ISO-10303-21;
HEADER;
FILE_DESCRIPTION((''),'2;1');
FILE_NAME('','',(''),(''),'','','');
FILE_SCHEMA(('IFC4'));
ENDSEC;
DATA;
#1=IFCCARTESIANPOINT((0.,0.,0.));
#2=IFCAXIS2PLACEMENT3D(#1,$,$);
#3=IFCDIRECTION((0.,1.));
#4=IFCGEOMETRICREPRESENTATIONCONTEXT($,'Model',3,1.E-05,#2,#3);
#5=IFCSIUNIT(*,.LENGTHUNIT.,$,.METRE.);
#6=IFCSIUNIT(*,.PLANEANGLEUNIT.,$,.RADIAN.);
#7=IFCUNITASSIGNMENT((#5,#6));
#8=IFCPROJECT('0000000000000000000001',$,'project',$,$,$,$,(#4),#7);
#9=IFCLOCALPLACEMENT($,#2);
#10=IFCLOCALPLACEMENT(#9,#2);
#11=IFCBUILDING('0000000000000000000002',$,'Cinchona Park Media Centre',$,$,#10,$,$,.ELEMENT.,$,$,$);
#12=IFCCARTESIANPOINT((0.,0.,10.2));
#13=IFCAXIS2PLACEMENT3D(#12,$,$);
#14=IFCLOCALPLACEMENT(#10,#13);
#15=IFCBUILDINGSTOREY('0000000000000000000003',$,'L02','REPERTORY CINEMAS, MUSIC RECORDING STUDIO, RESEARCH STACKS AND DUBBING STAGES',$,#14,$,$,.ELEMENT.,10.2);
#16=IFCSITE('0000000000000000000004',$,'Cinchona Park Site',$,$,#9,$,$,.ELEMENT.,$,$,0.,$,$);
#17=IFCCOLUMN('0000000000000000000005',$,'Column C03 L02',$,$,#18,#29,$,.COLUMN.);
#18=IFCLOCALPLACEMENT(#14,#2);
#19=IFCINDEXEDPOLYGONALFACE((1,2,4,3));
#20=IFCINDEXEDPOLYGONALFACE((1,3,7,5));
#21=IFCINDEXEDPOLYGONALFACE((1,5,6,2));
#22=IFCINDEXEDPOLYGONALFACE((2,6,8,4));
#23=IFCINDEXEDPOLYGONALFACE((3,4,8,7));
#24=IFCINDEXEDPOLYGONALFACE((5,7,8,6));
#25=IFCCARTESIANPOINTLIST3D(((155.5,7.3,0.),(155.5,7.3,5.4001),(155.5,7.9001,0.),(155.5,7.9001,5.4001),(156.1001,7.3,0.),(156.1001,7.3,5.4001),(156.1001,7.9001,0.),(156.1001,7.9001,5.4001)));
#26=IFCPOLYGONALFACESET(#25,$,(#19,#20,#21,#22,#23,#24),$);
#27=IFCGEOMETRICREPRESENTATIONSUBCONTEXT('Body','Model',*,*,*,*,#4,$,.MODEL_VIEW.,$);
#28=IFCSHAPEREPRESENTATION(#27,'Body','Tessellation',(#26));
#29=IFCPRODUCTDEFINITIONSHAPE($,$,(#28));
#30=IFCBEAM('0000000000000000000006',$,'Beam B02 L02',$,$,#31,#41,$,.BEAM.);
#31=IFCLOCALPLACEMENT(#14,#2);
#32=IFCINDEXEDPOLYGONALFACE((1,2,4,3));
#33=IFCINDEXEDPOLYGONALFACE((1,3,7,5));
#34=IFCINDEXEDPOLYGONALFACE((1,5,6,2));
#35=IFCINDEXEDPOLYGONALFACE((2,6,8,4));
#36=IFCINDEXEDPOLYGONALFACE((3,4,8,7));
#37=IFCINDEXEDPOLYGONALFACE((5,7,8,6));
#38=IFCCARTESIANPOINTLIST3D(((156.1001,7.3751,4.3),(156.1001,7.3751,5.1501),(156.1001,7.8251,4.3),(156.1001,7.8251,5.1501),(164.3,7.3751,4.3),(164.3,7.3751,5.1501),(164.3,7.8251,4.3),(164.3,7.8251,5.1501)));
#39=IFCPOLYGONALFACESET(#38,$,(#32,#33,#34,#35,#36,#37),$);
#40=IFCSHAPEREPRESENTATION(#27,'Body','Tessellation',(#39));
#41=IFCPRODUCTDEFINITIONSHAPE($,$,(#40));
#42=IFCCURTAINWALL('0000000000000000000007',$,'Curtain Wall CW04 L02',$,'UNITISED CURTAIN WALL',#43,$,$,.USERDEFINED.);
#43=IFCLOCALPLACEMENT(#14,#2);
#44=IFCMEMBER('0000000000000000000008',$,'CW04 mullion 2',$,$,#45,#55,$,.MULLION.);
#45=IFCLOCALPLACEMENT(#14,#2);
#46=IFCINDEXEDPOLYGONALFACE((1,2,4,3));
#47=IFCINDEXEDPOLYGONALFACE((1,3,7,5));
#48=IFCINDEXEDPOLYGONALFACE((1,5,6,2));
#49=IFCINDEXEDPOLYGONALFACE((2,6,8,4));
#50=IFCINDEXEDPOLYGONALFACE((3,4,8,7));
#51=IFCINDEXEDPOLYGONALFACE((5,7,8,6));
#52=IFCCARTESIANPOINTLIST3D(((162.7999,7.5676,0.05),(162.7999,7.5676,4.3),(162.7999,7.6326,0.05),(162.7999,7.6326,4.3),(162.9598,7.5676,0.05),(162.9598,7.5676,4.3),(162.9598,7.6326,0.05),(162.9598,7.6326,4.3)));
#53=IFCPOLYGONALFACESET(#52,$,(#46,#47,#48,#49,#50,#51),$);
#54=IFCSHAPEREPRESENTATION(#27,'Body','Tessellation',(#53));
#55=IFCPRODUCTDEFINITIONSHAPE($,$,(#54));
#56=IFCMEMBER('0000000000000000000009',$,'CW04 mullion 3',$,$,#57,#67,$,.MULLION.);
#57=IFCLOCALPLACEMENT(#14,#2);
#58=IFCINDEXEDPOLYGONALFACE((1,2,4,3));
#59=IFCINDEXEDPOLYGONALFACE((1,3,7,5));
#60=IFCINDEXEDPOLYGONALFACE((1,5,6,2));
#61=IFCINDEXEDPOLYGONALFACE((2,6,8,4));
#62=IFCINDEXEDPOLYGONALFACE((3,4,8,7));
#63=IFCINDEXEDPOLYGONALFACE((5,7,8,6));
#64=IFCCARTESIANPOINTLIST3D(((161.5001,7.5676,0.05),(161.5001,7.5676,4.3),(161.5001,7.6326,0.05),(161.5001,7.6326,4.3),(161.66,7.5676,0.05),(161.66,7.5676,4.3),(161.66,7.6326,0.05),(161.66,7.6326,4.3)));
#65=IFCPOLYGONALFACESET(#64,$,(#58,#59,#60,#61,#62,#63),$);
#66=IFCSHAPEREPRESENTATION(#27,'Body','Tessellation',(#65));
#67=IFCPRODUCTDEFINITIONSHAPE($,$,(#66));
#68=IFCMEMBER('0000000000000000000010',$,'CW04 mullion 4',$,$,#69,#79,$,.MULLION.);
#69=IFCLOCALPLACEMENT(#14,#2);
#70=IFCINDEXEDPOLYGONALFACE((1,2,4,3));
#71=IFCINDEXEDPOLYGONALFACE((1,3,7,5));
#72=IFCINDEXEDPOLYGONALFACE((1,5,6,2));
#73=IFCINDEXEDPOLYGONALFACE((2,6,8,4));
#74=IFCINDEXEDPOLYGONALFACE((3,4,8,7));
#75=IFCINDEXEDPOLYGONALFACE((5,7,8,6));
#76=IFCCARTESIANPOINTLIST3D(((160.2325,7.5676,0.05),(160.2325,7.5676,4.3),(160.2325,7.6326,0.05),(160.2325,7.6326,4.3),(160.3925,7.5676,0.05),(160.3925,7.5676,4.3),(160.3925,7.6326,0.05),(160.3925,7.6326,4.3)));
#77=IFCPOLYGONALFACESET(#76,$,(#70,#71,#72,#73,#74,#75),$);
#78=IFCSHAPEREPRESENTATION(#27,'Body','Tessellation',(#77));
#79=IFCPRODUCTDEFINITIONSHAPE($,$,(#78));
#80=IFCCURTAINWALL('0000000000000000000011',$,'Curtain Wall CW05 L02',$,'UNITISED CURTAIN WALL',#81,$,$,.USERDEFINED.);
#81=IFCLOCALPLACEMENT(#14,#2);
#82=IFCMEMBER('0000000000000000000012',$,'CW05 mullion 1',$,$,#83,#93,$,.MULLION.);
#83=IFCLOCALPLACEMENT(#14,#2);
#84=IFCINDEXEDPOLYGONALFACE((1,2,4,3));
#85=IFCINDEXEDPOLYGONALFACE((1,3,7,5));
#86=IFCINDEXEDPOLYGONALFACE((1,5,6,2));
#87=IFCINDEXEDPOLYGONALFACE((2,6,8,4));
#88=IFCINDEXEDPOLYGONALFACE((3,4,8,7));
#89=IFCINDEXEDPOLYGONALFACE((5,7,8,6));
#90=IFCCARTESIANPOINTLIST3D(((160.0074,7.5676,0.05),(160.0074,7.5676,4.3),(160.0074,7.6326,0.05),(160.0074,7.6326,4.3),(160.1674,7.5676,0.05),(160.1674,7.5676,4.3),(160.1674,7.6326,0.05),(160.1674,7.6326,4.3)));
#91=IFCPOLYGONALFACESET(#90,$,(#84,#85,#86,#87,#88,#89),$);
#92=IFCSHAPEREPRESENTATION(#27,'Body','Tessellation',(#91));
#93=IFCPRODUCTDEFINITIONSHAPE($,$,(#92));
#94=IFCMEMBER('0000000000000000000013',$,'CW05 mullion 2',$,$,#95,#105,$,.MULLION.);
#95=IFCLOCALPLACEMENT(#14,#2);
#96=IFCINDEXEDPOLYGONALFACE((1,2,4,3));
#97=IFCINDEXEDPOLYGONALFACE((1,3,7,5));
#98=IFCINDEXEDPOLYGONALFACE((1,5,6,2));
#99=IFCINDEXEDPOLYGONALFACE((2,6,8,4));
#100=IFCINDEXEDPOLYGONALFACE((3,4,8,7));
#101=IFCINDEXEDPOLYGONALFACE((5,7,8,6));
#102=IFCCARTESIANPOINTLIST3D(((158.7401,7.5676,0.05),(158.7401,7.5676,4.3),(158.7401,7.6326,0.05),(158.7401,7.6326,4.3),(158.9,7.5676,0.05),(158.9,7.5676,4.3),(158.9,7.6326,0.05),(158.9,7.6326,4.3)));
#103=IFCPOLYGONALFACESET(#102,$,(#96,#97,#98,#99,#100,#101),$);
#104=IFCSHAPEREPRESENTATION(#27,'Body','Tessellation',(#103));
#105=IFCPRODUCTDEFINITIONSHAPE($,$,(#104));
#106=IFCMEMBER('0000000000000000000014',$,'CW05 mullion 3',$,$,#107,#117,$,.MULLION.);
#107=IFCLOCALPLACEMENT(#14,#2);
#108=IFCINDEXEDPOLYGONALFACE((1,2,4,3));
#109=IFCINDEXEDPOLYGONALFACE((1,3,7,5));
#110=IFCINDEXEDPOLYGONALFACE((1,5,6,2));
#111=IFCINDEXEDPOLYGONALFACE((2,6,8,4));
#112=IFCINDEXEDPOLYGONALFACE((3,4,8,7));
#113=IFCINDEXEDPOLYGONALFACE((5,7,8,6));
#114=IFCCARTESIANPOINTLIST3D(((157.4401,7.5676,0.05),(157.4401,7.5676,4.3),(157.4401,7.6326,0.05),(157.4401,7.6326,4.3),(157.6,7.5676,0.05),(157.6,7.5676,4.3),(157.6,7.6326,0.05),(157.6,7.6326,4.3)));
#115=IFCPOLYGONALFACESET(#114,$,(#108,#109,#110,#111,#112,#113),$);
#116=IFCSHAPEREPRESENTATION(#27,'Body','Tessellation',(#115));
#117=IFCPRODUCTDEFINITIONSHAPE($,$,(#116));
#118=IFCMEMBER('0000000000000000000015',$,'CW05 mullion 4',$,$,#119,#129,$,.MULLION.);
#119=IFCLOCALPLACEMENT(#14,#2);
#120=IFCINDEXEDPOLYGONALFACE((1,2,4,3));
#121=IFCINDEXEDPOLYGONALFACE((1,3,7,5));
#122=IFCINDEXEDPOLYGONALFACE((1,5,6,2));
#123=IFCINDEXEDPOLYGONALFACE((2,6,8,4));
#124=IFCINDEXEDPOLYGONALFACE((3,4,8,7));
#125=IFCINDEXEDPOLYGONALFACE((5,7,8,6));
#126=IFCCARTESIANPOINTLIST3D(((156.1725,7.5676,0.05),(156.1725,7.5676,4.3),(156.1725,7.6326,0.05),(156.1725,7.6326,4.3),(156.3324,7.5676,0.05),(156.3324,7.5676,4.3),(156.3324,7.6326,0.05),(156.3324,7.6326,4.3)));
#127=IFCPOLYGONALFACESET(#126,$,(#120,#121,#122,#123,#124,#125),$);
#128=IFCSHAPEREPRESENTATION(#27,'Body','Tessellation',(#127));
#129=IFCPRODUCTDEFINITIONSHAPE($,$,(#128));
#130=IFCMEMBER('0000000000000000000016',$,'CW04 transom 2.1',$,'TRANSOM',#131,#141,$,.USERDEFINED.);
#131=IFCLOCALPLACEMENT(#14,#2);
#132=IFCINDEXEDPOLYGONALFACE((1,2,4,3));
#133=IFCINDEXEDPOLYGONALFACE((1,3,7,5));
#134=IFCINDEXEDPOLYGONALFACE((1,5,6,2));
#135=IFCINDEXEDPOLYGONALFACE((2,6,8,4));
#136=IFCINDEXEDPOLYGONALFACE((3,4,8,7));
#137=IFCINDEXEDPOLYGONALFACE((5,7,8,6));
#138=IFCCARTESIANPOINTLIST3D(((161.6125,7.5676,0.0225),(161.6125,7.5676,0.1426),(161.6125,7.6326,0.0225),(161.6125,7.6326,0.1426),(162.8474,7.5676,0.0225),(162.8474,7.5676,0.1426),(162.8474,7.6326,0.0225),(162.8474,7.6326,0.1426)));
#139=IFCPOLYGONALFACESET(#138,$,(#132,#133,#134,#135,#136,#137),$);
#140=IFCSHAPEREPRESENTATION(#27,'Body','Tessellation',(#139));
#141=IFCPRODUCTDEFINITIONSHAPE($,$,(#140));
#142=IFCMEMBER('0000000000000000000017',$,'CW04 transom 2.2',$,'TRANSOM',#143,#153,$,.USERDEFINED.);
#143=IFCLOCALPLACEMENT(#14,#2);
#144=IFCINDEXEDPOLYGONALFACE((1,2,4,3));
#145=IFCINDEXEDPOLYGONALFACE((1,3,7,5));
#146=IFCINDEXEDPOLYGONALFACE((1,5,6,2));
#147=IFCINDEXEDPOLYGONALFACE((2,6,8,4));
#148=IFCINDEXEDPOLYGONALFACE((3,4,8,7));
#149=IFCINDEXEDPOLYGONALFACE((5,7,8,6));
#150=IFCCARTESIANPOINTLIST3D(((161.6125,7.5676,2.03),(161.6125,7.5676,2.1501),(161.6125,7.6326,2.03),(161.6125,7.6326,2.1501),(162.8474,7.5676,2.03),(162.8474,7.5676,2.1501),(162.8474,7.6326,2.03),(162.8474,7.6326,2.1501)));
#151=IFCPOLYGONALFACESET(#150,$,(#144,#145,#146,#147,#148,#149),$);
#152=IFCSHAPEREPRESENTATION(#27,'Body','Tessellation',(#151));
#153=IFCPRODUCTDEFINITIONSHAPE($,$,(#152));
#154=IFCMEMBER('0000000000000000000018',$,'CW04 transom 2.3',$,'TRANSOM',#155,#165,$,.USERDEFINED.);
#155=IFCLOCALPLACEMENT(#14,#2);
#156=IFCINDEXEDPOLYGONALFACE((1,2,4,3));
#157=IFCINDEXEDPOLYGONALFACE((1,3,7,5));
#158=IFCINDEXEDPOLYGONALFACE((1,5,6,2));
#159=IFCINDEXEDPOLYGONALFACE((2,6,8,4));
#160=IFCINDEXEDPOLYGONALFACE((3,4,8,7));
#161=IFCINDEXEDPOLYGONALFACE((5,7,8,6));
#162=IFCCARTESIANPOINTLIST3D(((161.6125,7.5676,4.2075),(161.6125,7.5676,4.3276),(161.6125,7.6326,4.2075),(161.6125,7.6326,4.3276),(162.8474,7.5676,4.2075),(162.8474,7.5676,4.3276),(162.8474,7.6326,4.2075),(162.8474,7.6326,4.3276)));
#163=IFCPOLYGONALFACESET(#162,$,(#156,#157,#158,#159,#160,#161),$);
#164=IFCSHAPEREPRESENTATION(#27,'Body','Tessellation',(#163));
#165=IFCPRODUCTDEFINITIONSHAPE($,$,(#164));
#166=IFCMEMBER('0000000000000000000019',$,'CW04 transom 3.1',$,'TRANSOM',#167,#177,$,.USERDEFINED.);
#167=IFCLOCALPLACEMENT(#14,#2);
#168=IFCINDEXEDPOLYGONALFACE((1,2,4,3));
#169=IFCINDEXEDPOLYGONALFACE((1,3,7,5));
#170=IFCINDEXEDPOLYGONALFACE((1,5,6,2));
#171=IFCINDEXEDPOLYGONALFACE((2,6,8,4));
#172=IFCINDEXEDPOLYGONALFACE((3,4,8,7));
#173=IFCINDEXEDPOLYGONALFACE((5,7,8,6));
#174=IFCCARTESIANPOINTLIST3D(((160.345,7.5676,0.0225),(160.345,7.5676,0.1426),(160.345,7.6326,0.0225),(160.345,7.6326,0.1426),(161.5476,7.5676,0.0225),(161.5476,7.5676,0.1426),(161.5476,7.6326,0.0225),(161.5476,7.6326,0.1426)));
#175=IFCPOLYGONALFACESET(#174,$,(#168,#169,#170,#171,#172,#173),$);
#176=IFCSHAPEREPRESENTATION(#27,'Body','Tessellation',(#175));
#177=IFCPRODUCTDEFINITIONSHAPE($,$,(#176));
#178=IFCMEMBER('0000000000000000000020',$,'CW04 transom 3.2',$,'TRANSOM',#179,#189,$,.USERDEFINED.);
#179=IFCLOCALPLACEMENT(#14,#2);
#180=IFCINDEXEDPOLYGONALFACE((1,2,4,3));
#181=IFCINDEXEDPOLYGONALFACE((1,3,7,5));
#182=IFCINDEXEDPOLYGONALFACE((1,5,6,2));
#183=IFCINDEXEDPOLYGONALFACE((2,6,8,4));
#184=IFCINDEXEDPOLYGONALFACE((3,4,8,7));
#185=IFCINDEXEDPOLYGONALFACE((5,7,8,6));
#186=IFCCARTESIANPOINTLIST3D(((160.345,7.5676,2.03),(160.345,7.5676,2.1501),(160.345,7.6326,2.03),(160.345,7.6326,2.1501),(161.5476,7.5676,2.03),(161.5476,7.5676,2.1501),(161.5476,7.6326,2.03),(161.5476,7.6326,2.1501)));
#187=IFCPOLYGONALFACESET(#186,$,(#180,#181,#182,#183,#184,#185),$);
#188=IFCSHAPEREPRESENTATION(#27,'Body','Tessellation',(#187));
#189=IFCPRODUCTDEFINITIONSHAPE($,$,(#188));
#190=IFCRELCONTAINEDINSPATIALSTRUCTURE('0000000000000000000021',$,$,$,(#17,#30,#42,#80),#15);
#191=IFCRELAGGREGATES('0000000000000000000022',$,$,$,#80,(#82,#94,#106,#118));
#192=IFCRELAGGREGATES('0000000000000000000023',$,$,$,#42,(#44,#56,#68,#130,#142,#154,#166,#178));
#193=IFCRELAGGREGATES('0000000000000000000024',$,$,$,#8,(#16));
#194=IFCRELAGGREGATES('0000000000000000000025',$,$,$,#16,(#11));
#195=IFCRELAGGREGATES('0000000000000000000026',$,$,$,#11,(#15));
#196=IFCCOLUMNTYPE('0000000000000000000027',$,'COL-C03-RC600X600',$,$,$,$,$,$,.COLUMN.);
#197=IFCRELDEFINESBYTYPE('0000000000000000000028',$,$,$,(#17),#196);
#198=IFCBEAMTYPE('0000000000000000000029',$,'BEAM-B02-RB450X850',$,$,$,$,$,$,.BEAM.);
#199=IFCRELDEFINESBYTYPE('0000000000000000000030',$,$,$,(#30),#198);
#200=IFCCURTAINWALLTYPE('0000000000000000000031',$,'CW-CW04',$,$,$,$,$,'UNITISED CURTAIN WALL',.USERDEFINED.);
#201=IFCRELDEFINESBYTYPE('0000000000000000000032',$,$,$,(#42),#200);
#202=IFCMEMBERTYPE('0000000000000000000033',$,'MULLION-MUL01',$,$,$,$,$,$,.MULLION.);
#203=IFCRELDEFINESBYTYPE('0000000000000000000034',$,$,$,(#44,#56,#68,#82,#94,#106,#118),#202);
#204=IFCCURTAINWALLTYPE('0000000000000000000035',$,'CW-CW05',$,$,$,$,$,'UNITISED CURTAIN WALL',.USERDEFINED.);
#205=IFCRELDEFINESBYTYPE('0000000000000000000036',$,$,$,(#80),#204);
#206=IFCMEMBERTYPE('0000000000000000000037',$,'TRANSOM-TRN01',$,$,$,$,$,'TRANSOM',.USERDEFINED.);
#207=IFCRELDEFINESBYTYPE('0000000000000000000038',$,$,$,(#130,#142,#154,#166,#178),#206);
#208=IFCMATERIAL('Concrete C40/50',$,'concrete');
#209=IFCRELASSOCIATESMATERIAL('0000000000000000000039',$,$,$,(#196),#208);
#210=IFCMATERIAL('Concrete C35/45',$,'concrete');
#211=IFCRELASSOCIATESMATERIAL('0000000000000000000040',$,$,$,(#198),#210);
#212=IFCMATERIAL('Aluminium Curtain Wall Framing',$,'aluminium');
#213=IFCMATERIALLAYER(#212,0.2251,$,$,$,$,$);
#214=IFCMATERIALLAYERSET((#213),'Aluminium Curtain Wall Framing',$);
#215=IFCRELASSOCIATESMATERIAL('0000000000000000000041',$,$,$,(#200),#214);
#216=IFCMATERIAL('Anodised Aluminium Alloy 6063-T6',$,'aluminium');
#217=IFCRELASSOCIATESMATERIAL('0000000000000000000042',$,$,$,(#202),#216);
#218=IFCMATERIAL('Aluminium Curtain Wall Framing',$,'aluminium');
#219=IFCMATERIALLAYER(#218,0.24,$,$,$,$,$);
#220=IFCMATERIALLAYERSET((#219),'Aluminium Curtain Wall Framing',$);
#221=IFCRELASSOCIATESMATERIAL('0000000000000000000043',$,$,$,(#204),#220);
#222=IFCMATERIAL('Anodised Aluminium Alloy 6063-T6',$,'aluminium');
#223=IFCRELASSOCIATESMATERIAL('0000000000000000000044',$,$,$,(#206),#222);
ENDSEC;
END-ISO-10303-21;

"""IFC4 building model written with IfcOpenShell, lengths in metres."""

from ifc_helpers import new_model, si_unit, direction, frame, origin, origin_2d, place, context, subcontext, project, spatial, rectangle, extrude, material, layer, layer_set, material_profile, profile_set, type_object, element, aggregate, save


model = new_model("IFC4")

# Units and contexts
model_context = context("Model", 3, precision=1e-05, world=origin(), true_north=direction((0.0, 1.0)))
body_context = subcontext(model_context, "Body", "Model", "MODEL_VIEW")
ifc_project = project(units=[si_unit("LENGTHUNIT", "METRE"), si_unit("PLANEANGLEUNIT", "RADIAN")], contexts=[model_context])

# Site, building, storey
site_placement = place(None, origin())
site = spatial("IfcSite", under=ifc_project, at=site_placement, Name="Cinchona Park Site", CompositionType="ELEMENT", RefElevation=0.0)
building_placement = place(site_placement, origin())
building = spatial("IfcBuilding", under=site, at=building_placement, Name="Cinchona Park Media Centre", CompositionType="ELEMENT")
storey_placement = place(building_placement, frame((0.0, 0.0, 10.2)))
storey = spatial("IfcBuildingStorey", under=building, at=storey_placement, Name="L02", Description="REPERTORY CINEMAS, MUSIC RECORDING STUDIO, RESEARCH STACKS AND DUBBING STAGES", CompositionType="ELEMENT", Elevation=10.2)

# Column
ifc_material_1 = material(Name="Concrete C40/50", Category="concrete")
ifc_material_profile_1 = material_profile(ifc_material_1, rectangle(XDim=0.6001, YDim=0.6001, at=origin_2d()), Name="RC 600X600")
ifc_profile_set_1 = profile_set([ifc_material_profile_1], Name="Concrete C40/50")
column_type = type_object("IfcColumnType", Name="COL-C03-RC600X600", PredefinedType="COLUMN", material=ifc_profile_set_1)
column_placement = place(storey_placement, frame((155.8, 7.6001, 0.0), z_axis=(0.0, 0.0, 1.0), x_axis=(1.0, 0.0, 0.0)))
element("IfcColumn", 1, at=column_placement, inside=storey, type_object=column_type, Name="Column C03 L02", PredefinedType="COLUMN", context=body_context, shape_type="SweptSolid", body=[
    extrude(rectangle(XDim=0.6001, YDim=0.6001, at=origin_2d()), origin(), (0.0, 0.0, 1.0), 5.4001),
])

# Beam
ifc_material_2 = material(Name="Concrete C35/45", Category="concrete")
ifc_material_profile_2 = material_profile(ifc_material_2, rectangle(XDim=0.45, YDim=0.8501, at=origin_2d()), Name="RB 450X850")
ifc_profile_set_2 = profile_set([ifc_material_profile_2], Name="Concrete C35/45")
beam_type = type_object("IfcBeamType", Name="BEAM-B02-RB450X850", PredefinedType="BEAM", material=ifc_profile_set_2)
beam_placement = place(storey_placement, frame((156.1001, 7.6001, 4.7251), z_axis=(1.0, 0.0, 0.0), x_axis=(0.0, 1.0, 0.0)))
element("IfcBeam", 2, at=beam_placement, inside=storey, type_object=beam_type, Name="Beam B02 L02", PredefinedType="BEAM", context=body_context, shape_type="SweptSolid", body=[
    extrude(rectangle(XDim=0.45, YDim=0.8501, at=origin_2d()), origin(), (0.0, 0.0, 1.0), 8.2),
])

# Curtain walls, members
ifc_material_3 = material(Name="Aluminium Curtain Wall Framing", Category="aluminium")
ifc_layer_1 = layer(ifc_material_3, 0.2251)
ifc_layer_set_1 = layer_set([ifc_layer_1], Name="Aluminium Curtain Wall Framing")
curtain_wall_type_1 = type_object("IfcCurtainWallType", Name="CW-CW04", ElementType="UNITISED CURTAIN WALL", PredefinedType="USERDEFINED", material=ifc_layer_set_1)
curtain_wall_1_placement = place(storey_placement, origin())
curtain_wall_1 = element("IfcCurtainWall", 3, at=curtain_wall_1_placement, inside=storey, type_object=curtain_wall_type_1, Name="Curtain Wall CW04 L02", ObjectType="UNITISED CURTAIN WALL", PredefinedType="USERDEFINED")
ifc_material_4 = material(Name="Anodised Aluminium Alloy 6063-T6", Category="aluminium")
ifc_material_profile_3 = material_profile(ifc_material_4, rectangle(XDim=0.0649, YDim=0.1599, at=origin_2d()), Name="MUL-65X160")
ifc_profile_set_3 = profile_set([ifc_material_profile_3], Name="Anodised Aluminium Alloy 6063-T6")
member_type_1 = type_object("IfcMemberType", Name="MULLION-MUL01", PredefinedType="MULLION", material=ifc_profile_set_3)
member_1_placement = place(storey_placement, frame((162.8799, 7.6001, 0.05), z_axis=(0.0, 0.0, 1.0), x_axis=(0.0, -1.0, 0.0)))
member_1 = element("IfcMember", 4, at=member_1_placement, type_object=member_type_1, Name="CW04 mullion 2", PredefinedType="MULLION", context=body_context, shape_type="SweptSolid", body=[
    extrude(rectangle(XDim=0.0649, YDim=0.1599, at=origin_2d()), origin(), (0.0, 0.0, 1.0), 4.25),
])
member_2_placement = place(storey_placement, frame((161.5801, 7.6001, 0.05), z_axis=(0.0, 0.0, 1.0), x_axis=(0.0, -1.0, 0.0)))
member_2 = element("IfcMember", 5, at=member_2_placement, type_object=member_type_1, Name="CW04 mullion 3", PredefinedType="MULLION", context=body_context, shape_type="SweptSolid", body=[
    extrude(rectangle(XDim=0.0649, YDim=0.1599, at=origin_2d()), origin(), (0.0, 0.0, 1.0), 4.25),
])
member_3_placement = place(storey_placement, frame((160.3125, 7.6001, 0.05), z_axis=(0.0, 0.0, 1.0), x_axis=(0.0, -1.0, 0.0)))
member_3 = element("IfcMember", 6, at=member_3_placement, type_object=member_type_1, Name="CW04 mullion 4", PredefinedType="MULLION", context=body_context, shape_type="SweptSolid", body=[
    extrude(rectangle(XDim=0.0649, YDim=0.1599, at=origin_2d()), origin(), (0.0, 0.0, 1.0), 4.25),
])
ifc_material_5 = material(Name="Aluminium Curtain Wall Framing", Category="aluminium")
ifc_layer_2 = layer(ifc_material_5, 0.24)
ifc_layer_set_2 = layer_set([ifc_layer_2], Name="Aluminium Curtain Wall Framing")
curtain_wall_type_2 = type_object("IfcCurtainWallType", Name="CW-CW05", ElementType="UNITISED CURTAIN WALL", PredefinedType="USERDEFINED", material=ifc_layer_set_2)
curtain_wall_2_placement = place(storey_placement, origin())
curtain_wall_2 = element("IfcCurtainWall", 7, at=curtain_wall_2_placement, inside=storey, type_object=curtain_wall_type_2, Name="Curtain Wall CW05 L02", ObjectType="UNITISED CURTAIN WALL", PredefinedType="USERDEFINED")
member_4_placement = place(storey_placement, frame((160.0874, 7.6001, 0.05), z_axis=(0.0, 0.0, 1.0), x_axis=(0.0, -1.0, 0.0)))
member_4 = element("IfcMember", 8, at=member_4_placement, type_object=member_type_1, Name="CW05 mullion 1", PredefinedType="MULLION", context=body_context, shape_type="SweptSolid", body=[
    extrude(rectangle(XDim=0.0649, YDim=0.1599, at=origin_2d()), origin(), (0.0, 0.0, 1.0), 4.25),
])
member_5_placement = place(storey_placement, frame((158.8201, 7.6001, 0.05), z_axis=(0.0, 0.0, 1.0), x_axis=(0.0, -1.0, 0.0)))
member_5 = element("IfcMember", 9, at=member_5_placement, type_object=member_type_1, Name="CW05 mullion 2", PredefinedType="MULLION", context=body_context, shape_type="SweptSolid", body=[
    extrude(rectangle(XDim=0.0649, YDim=0.1599, at=origin_2d()), origin(), (0.0, 0.0, 1.0), 4.25),
])
member_6_placement = place(storey_placement, frame((157.52, 7.6001, 0.05), z_axis=(0.0, 0.0, 1.0), x_axis=(0.0, -1.0, 0.0)))
member_6 = element("IfcMember", 10, at=member_6_placement, type_object=member_type_1, Name="CW05 mullion 3", PredefinedType="MULLION", context=body_context, shape_type="SweptSolid", body=[
    extrude(rectangle(XDim=0.0649, YDim=0.1599, at=origin_2d()), origin(), (0.0, 0.0, 1.0), 4.25),
])
member_7_placement = place(storey_placement, frame((156.2524, 7.6001, 0.05), z_axis=(0.0, 0.0, 1.0), x_axis=(0.0, -1.0, 0.0)))
member_7 = element("IfcMember", 11, at=member_7_placement, type_object=member_type_1, Name="CW05 mullion 4", PredefinedType="MULLION", context=body_context, shape_type="SweptSolid", body=[
    extrude(rectangle(XDim=0.0649, YDim=0.1599, at=origin_2d()), origin(), (0.0, 0.0, 1.0), 4.25),
])

# Members
ifc_material_6 = material(Name="Anodised Aluminium Alloy 6063-T6", Category="aluminium")
ifc_material_profile_4 = material_profile(ifc_material_6, rectangle(XDim=0.0649, YDim=0.1201, at=origin_2d()), Name="TRN-65X120")
ifc_profile_set_4 = profile_set([ifc_material_profile_4], Name="Anodised Aluminium Alloy 6063-T6")
member_type_2 = type_object("IfcMemberType", Name="TRANSOM-TRN01", ElementType="TRANSOM", PredefinedType="USERDEFINED", material=ifc_profile_set_4)
member_8_placement = place(storey_placement, frame((162.8474, 7.6001, 0.0825), z_axis=(-1.0, 0.0, 0.0), x_axis=(0.0, -1.0, 0.0)))
member_8 = element("IfcMember", 12, at=member_8_placement, type_object=member_type_2, Name="CW04 transom 2.1", ObjectType="TRANSOM", PredefinedType="USERDEFINED", context=body_context, shape_type="SweptSolid", body=[
    extrude(rectangle(XDim=0.0649, YDim=0.1201, at=origin_2d()), origin(), (0.0, 0.0, 1.0), 1.2349),
])
member_9_placement = place(storey_placement, frame((162.8474, 7.6001, 2.0901), z_axis=(-1.0, 0.0, 0.0), x_axis=(0.0, -1.0, 0.0)))
member_9 = element("IfcMember", 13, at=member_9_placement, type_object=member_type_2, Name="CW04 transom 2.2", ObjectType="TRANSOM", PredefinedType="USERDEFINED", context=body_context, shape_type="SweptSolid", body=[
    extrude(rectangle(XDim=0.0649, YDim=0.1201, at=origin_2d()), origin(), (0.0, 0.0, 1.0), 1.2349),
])
member_10_placement = place(storey_placement, frame((162.8474, 7.6001, 4.2676), z_axis=(-1.0, 0.0, 0.0), x_axis=(0.0, -1.0, 0.0)))
member_10 = element("IfcMember", 14, at=member_10_placement, type_object=member_type_2, Name="CW04 transom 2.3", ObjectType="TRANSOM", PredefinedType="USERDEFINED", context=body_context, shape_type="SweptSolid", body=[
    extrude(rectangle(XDim=0.0649, YDim=0.1201, at=origin_2d()), origin(), (0.0, 0.0, 1.0), 1.2349),
])
member_11_placement = place(storey_placement, frame((161.5476, 7.6001, 0.0825), z_axis=(-1.0, 0.0, 0.0), x_axis=(0.0, -1.0, 0.0)))
member_11 = element("IfcMember", 15, at=member_11_placement, type_object=member_type_2, Name="CW04 transom 3.1", ObjectType="TRANSOM", PredefinedType="USERDEFINED", context=body_context, shape_type="SweptSolid", body=[
    extrude(rectangle(XDim=0.0649, YDim=0.1201, at=origin_2d()), origin(), (0.0, 0.0, 1.0), 1.2026),
])
member_12_placement = place(storey_placement, frame((161.5476, 7.6001, 2.0901), z_axis=(-1.0, 0.0, 0.0), x_axis=(0.0, -1.0, 0.0)))
member_12 = element("IfcMember", 16, at=member_12_placement, type_object=member_type_2, Name="CW04 transom 3.2", ObjectType="TRANSOM", PredefinedType="USERDEFINED", context=body_context, shape_type="SweptSolid", body=[
    extrude(rectangle(XDim=0.0649, YDim=0.1201, at=origin_2d()), origin(), (0.0, 0.0, 1.0), 1.2026),
])

aggregate(curtain_wall_2, [member_4, member_5, member_6, member_7])
aggregate(curtain_wall_1, [member_1, member_2, member_3, member_8, member_9, member_10, member_11, member_12])

save(model, "model.ifc")
